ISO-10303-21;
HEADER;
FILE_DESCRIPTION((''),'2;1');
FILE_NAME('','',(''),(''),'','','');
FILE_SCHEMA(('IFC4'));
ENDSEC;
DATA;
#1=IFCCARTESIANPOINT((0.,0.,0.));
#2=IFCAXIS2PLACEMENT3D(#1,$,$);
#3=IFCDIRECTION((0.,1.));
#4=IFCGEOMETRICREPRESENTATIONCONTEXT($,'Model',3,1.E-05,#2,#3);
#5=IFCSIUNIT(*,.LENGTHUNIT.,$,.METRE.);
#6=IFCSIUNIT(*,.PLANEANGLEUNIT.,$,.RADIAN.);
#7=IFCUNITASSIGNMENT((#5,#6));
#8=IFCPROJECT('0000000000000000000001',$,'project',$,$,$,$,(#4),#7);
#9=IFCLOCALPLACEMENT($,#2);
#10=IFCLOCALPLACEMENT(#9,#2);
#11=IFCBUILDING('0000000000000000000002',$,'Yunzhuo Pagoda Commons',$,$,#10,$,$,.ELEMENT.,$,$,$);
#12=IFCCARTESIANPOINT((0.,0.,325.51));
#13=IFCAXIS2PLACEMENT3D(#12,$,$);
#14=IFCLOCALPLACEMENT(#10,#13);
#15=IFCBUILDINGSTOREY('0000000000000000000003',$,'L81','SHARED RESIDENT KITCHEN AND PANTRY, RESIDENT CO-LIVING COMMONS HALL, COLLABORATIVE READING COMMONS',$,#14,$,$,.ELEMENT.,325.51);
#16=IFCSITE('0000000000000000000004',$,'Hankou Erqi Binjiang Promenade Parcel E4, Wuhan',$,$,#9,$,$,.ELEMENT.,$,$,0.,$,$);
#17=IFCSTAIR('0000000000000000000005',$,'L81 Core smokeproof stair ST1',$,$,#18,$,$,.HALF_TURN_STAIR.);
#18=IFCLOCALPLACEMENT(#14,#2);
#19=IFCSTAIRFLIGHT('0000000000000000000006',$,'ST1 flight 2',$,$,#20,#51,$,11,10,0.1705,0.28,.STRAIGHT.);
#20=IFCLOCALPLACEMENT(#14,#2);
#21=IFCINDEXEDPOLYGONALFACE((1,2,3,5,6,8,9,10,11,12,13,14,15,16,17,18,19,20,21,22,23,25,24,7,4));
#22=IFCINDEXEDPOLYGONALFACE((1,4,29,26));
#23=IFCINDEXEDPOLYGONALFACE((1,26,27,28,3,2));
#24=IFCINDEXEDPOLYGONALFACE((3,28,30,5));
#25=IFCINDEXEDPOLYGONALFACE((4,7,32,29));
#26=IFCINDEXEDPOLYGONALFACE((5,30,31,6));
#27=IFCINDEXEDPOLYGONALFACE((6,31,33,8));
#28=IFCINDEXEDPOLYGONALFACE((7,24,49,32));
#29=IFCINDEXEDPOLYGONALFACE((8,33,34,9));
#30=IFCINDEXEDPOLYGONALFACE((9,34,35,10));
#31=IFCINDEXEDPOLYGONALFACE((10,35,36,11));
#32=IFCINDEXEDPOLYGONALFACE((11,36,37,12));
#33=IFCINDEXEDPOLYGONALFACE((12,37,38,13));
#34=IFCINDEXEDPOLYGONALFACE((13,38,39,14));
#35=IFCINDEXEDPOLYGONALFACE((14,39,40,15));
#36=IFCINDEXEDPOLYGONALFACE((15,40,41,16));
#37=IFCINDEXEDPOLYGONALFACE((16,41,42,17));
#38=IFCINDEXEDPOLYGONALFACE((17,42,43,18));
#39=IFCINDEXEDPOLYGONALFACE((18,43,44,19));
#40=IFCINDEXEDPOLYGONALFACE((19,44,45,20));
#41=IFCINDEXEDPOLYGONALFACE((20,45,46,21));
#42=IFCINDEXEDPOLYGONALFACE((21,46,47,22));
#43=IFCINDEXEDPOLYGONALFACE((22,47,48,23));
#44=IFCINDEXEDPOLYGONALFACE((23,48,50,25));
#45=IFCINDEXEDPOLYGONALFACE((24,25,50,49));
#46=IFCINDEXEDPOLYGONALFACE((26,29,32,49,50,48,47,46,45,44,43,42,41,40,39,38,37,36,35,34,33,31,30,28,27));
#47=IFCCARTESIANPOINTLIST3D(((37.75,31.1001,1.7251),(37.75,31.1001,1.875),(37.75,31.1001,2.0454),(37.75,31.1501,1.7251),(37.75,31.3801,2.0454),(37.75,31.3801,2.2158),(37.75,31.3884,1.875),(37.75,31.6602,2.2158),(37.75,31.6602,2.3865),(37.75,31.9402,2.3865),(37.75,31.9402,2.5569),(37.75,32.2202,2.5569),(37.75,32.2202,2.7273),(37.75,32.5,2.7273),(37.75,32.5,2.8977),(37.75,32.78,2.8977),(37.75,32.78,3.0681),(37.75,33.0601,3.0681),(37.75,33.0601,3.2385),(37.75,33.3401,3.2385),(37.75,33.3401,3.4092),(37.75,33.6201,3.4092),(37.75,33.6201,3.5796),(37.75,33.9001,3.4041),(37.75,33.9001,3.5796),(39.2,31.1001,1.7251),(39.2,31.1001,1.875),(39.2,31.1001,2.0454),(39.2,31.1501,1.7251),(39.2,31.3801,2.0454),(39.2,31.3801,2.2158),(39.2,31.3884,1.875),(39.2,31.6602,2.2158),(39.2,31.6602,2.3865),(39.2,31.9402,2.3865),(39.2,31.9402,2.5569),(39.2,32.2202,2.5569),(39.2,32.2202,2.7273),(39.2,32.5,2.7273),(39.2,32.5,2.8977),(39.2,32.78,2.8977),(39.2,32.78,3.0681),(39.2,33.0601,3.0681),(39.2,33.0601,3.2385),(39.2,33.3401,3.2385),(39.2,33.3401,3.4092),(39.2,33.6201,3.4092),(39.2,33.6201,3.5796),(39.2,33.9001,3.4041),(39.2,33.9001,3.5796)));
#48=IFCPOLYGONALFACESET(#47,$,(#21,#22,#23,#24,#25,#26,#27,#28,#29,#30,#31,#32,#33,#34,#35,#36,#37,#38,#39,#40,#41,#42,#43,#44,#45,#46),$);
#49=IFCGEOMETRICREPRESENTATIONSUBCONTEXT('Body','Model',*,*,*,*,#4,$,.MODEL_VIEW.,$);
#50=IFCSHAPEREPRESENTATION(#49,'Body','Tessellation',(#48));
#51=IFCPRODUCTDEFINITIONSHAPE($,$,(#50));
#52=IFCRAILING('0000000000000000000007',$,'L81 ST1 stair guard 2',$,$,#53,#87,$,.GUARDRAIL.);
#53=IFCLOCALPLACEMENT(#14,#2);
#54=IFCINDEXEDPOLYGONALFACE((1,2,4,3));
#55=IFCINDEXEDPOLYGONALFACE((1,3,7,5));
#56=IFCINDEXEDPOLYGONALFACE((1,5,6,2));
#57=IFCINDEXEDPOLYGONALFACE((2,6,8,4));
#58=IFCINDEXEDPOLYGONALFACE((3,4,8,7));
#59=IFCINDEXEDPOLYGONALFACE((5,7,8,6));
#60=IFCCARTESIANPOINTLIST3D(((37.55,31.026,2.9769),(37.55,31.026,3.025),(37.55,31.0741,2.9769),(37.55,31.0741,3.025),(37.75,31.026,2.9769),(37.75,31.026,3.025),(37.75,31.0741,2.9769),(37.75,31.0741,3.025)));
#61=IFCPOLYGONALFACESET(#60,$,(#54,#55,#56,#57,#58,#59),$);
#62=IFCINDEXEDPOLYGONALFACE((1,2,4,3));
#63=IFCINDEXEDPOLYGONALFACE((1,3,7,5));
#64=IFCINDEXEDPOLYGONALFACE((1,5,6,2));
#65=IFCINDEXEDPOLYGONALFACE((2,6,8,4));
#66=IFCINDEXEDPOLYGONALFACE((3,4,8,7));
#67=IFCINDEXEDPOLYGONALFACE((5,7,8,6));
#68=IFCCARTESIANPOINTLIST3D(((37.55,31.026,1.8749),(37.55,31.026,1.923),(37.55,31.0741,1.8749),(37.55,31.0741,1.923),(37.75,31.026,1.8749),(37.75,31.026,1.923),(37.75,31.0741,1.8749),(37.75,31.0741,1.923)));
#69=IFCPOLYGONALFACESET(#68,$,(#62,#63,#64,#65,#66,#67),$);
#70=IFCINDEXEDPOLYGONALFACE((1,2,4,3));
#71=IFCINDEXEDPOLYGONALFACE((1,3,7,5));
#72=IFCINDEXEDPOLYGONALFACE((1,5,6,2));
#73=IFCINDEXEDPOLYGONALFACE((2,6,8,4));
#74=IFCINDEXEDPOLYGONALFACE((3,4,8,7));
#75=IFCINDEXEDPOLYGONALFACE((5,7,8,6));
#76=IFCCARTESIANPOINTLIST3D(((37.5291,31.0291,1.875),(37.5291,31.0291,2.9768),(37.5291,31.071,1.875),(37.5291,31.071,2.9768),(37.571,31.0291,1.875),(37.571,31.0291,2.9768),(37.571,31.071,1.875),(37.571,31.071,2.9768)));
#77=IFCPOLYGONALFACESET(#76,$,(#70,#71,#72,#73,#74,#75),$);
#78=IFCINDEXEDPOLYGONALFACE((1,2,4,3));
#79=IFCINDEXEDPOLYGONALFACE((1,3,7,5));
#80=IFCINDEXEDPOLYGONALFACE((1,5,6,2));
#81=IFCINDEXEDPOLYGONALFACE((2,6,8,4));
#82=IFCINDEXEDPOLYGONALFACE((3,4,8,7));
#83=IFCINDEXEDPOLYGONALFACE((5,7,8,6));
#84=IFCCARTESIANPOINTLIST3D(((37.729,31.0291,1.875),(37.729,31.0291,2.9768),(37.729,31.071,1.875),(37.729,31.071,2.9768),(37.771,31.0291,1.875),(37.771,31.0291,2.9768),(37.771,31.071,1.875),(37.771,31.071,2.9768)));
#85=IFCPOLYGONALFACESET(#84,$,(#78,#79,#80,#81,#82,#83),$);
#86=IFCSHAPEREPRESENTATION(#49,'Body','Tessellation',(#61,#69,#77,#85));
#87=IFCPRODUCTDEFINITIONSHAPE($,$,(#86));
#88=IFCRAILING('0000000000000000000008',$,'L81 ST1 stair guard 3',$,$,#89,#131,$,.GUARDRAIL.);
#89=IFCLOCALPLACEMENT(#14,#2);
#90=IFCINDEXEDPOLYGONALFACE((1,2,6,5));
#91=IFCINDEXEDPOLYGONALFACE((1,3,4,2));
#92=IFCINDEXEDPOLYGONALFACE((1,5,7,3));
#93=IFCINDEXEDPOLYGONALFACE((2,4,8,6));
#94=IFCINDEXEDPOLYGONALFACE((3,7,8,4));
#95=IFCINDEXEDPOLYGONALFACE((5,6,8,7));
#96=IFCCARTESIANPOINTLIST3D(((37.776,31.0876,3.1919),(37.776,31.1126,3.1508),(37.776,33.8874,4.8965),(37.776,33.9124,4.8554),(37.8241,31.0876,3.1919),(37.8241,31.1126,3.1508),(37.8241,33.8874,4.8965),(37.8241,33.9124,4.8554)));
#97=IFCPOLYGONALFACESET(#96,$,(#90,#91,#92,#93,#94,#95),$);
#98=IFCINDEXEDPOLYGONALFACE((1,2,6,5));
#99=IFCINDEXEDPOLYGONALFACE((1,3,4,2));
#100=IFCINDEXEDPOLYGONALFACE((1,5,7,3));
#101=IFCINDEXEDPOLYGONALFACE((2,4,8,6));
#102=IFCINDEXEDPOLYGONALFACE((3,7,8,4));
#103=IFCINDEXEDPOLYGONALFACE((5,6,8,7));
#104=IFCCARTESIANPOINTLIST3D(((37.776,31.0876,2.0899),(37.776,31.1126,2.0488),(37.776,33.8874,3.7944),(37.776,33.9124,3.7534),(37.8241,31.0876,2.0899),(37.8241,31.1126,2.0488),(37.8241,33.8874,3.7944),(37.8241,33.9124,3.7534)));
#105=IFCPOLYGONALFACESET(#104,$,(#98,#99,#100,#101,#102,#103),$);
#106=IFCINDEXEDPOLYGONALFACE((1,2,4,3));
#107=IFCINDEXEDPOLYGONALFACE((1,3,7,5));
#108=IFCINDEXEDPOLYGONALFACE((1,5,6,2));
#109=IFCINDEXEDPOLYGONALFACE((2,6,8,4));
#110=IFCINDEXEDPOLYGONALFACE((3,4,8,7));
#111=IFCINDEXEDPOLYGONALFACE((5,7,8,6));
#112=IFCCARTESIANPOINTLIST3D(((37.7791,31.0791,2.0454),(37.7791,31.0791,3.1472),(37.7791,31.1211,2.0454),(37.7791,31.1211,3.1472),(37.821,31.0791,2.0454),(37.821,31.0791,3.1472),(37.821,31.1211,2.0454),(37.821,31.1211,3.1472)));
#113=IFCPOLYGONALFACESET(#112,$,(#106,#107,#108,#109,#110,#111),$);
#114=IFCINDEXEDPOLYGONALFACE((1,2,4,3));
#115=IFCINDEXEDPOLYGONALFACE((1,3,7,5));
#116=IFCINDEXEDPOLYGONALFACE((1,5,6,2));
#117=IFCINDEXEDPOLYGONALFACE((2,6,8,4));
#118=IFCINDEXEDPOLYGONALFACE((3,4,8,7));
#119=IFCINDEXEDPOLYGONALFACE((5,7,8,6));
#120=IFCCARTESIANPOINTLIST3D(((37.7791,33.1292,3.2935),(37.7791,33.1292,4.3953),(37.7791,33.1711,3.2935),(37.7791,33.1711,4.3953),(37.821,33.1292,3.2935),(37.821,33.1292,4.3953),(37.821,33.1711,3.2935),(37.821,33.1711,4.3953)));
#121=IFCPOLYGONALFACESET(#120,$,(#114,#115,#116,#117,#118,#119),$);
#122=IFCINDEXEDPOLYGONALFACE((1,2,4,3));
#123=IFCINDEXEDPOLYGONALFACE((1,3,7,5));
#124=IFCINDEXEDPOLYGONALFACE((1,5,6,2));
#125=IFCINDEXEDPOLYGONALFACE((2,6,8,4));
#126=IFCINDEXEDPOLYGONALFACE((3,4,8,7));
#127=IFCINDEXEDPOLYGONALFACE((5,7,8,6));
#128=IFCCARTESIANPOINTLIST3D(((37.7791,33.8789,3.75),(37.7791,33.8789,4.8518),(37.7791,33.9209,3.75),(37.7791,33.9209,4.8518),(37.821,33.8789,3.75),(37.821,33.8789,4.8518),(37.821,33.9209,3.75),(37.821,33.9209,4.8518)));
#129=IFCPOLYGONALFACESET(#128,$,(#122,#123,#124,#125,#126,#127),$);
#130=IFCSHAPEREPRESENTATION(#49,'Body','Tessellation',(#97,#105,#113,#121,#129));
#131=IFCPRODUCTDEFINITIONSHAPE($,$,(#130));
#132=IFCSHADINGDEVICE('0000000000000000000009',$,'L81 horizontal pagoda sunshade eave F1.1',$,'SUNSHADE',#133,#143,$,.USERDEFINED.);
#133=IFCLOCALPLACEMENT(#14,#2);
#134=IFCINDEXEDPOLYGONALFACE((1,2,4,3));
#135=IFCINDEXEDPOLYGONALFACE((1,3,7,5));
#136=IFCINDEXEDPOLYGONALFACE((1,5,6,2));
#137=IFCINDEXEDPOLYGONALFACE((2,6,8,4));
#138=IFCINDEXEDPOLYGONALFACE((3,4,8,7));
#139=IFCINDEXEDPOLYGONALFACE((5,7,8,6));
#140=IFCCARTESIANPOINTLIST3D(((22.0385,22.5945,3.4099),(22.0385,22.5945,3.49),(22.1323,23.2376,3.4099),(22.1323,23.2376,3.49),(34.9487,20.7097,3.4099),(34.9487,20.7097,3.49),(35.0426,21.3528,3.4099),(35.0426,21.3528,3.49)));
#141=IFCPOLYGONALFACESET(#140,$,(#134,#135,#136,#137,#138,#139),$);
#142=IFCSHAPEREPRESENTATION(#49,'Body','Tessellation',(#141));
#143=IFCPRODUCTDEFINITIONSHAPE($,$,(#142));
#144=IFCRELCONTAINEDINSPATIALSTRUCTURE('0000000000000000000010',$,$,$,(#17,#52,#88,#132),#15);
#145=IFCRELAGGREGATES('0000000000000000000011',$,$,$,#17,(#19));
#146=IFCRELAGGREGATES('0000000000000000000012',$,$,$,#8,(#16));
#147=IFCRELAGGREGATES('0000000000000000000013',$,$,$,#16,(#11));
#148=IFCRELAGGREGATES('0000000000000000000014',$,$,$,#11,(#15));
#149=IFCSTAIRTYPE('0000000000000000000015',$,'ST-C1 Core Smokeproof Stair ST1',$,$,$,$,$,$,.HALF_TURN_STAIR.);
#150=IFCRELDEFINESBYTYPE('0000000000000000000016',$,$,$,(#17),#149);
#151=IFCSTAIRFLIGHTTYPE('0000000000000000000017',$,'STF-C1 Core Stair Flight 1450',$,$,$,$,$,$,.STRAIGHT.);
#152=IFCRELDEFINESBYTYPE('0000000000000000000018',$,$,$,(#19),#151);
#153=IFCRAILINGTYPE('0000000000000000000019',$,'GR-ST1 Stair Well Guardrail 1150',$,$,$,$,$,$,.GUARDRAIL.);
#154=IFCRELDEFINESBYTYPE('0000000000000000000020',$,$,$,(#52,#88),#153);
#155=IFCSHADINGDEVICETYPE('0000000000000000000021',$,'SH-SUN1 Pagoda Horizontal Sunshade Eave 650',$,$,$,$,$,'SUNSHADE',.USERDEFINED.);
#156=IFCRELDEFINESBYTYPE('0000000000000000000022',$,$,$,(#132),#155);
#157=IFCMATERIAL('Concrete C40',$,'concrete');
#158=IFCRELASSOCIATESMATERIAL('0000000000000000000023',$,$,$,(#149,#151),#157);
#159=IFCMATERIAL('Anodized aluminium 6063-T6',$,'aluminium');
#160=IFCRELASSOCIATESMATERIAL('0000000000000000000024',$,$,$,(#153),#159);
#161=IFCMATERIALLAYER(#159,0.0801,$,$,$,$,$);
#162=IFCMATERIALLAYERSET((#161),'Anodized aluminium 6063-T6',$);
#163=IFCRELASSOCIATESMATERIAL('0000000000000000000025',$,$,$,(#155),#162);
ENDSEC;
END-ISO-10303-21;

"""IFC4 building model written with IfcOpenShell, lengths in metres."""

from ifc_helpers import new_model, si_unit, direction, frame, origin, origin_2d, place, context, subcontext, project, spatial, polyline, rectangle, outline, extrude, source, transform, mapped, material, layer, layer_set, type_object, element, aggregate, save


model = new_model("IFC4")

# Units and contexts
model_context = context("Model", 3, precision=1e-05, world=origin(), true_north=direction((0.0, 1.0)))
body_context = subcontext(model_context, "Body", "Model", "MODEL_VIEW")
ifc_project = project(units=[si_unit("LENGTHUNIT", "METRE"), si_unit("PLANEANGLEUNIT", "RADIAN")], contexts=[model_context])

# Site, building, storey
site_placement = place(None, origin())
site = spatial("IfcSite", under=ifc_project, at=site_placement, Name="Hankou Erqi Binjiang Promenade Parcel E4, Wuhan", CompositionType="ELEMENT", RefElevation=0.0)
building_placement = place(site_placement, origin())
building = spatial("IfcBuilding", under=site, at=building_placement, Name="Yunzhuo Pagoda Commons", CompositionType="ELEMENT")
storey_placement = place(building_placement, frame((0.0, 0.0, 325.51)))
storey = spatial("IfcBuildingStorey", under=building, at=storey_placement, Name="L81", Description="SHARED RESIDENT KITCHEN AND PANTRY, RESIDENT CO-LIVING COMMONS HALL, COLLABORATIVE READING COMMONS", CompositionType="ELEMENT", Elevation=325.51)

# Shared definitions
ifc_material_1 = material(Name="Anodized aluminium 6063-T6", Category="aluminium")

# Stair, stair flight
ifc_material_2 = material(Name="Concrete C40", Category="concrete")
stair_type = type_object("IfcStairType", Name="ST-C1 Core Smokeproof Stair ST1", PredefinedType="HALF_TURN_STAIR", material=ifc_material_2)
stair_placement = place(storey_placement, origin())
stair = element("IfcStair", 1, at=stair_placement, inside=storey, type_object=stair_type, Name="L81 Core smokeproof stair ST1", PredefinedType="HALF_TURN_STAIR")
stair_flight_type = type_object("IfcStairFlightType", Name="STF-C1 Core Stair Flight 1450", PredefinedType="STRAIGHT", material=ifc_material_2)
shared_shape_1 = source(origin(), body_context, "Body", "SweptSolid", [
    extrude(outline(polyline([(0.0, -0.1499), (0.0, 0.0), (0.0, 0.1704), (0.28, 0.1704), (0.28, 0.3408), (0.5601, 0.3408), (0.5601, 0.5115), (0.8401, 0.5115), (0.8401, 0.6819), (1.1201, 0.6819), (1.1201, 0.8523), (1.3999, 0.8523), (1.3999, 1.0227), (1.6799, 1.0227), (1.6799, 1.1931), (1.96, 1.1931), (1.96, 1.3635), (2.24, 1.3635), (2.24, 1.5342), (2.52, 1.5342), (2.52, 1.7046), (2.8, 1.7046), (2.8, 1.875), (2.8, 1.5291), (0.2883, 0.0), (0.05, -0.1499), (0.0, -0.1499)])), frame((0.0, 0.7251, 0.0), z_axis=(0.0, -1.0, 0.0), x_axis=(1.0, 0.0, 0.0)), (0.0, 0.0, 1.0), 1.45),
])
stair_flight_placement = place(storey_placement, frame((38.4751, 31.1001, 1.875), z_axis=(0.0, 0.0, 1.0), x_axis=(0.0, 1.0, 0.0)))
stair_flight = element("IfcStairFlight", 2, at=stair_flight_placement, type_object=stair_flight_type, Name="ST1 flight 2", NumberOfRisers=11, NumberOfTreads=10, PredefinedType="STRAIGHT", RiserHeight=0.1705, TreadLength=0.28, context=body_context, shape_type="MappedRepresentation", body=[
    mapped(shared_shape_1, transform((0.0, 0.0, 0.0), scale=1.0)),
])
aggregate(stair, [stair_flight])

# Railings
railing_type = type_object("IfcRailingType", Name="GR-ST1 Stair Well Guardrail 1150", PredefinedType="GUARDRAIL", material=ifc_material_1)
railing_1_placement = place(storey_placement, frame((37.55, 31.05, 1.875)))
element("IfcRailing", 3, at=railing_1_placement, inside=storey, type_object=railing_type, Name="L81 ST1 stair guard 2", PredefinedType="GUARDRAIL", context=body_context, shape_type="SweptSolid", body=[
    extrude(rectangle(XDim=0.0481, YDim=0.0481, at=origin_2d()), frame((0.0, 0.0, 1.126), z_axis=(1.0, 0.0, 0.0), x_axis=(0.0, 1.0, 0.0)), (0.0, 0.0, 1.0), 0.2),
    extrude(rectangle(XDim=0.0481, YDim=0.0481, at=origin_2d()), frame((0.0, 0.0, 0.0239), z_axis=(1.0, 0.0, 0.0), x_axis=(0.0, 1.0, 0.0)), (0.0, 0.0, 1.0), 0.2),
    extrude(rectangle(XDim=0.042, YDim=0.042, at=origin_2d()), origin(), (0.0, 0.0, 1.0), 1.1018),
    extrude(rectangle(XDim=0.042, YDim=0.042, at=origin_2d()), frame((0.2, 0.0, 0.0)), (0.0, 0.0, 1.0), 1.1018),
])
railing_2_placement = place(storey_placement, frame((37.8, 31.1001, 2.0454)))
element("IfcRailing", 4, at=railing_2_placement, inside=storey, type_object=railing_type, Name="L81 ST1 stair guard 3", PredefinedType="GUARDRAIL", context=body_context, shape_type="SweptSolid", body=[
    extrude(rectangle(XDim=0.0481, YDim=0.0481, at=origin_2d()), frame((0.0, 0.0, 1.126), z_axis=(0.0, 0.85415, 0.520027), x_axis=(-1.0, 0.0, 0.0)), (0.0, 0.0, 1.0), 3.2778),
    extrude(rectangle(XDim=0.0481, YDim=0.0481, at=origin_2d()), frame((0.0, 0.0, 0.0239), z_axis=(0.0, 0.85415, 0.520027), x_axis=(-1.0, 0.0, 0.0)), (0.0, 0.0, 1.0), 3.2778),
    extrude(rectangle(XDim=0.042, YDim=0.042, at=origin_2d()), origin(), (0.0, 0.0, 1.0), 1.1018),
    extrude(rectangle(XDim=0.042, YDim=0.042, at=origin_2d()), frame((0.0, 2.05, 1.248)), (0.0, 0.0, 1.0), 1.1018),
    extrude(rectangle(XDim=0.042, YDim=0.042, at=origin_2d()), frame((0.0, 2.7998, 1.7046)), (0.0, 0.0, 1.0), 1.1018),
])

# Shading device
ifc_layer_1 = layer(ifc_material_1, 0.0801)
ifc_layer_set_1 = layer_set([ifc_layer_1], Name="Anodized aluminium 6063-T6")
shading_device_type = type_object("IfcShadingDeviceType", Name="SH-SUN1 Pagoda Horizontal Sunshade Eave 650", ElementType="SUNSHADE", PredefinedType="USERDEFINED", material=ifc_layer_set_1)
shared_shape_2 = source(origin(), body_context, "Body", "SweptSolid", [
    extrude(rectangle(XDim=13.0471, YDim=0.6499, at=origin_2d()), origin(), (0.0, 0.0, 1.0), 0.0801),
])
shading_device_placement = place(storey_placement, frame((28.5405, 21.9736, 3.4099), z_axis=(0.0, 0.0, 1.0), x_axis=(0.989511, -0.14446, 0.0)))
element("IfcShadingDevice", 5, at=shading_device_placement, inside=storey, type_object=shading_device_type, Name="L81 horizontal pagoda sunshade eave F1.1", ObjectType="SUNSHADE", PredefinedType="USERDEFINED", context=body_context, shape_type="MappedRepresentation", body=[
    mapped(shared_shape_2, transform((0.0, 0.0, 0.0), scale=1.0)),
])

save(model, "model.ifc")
